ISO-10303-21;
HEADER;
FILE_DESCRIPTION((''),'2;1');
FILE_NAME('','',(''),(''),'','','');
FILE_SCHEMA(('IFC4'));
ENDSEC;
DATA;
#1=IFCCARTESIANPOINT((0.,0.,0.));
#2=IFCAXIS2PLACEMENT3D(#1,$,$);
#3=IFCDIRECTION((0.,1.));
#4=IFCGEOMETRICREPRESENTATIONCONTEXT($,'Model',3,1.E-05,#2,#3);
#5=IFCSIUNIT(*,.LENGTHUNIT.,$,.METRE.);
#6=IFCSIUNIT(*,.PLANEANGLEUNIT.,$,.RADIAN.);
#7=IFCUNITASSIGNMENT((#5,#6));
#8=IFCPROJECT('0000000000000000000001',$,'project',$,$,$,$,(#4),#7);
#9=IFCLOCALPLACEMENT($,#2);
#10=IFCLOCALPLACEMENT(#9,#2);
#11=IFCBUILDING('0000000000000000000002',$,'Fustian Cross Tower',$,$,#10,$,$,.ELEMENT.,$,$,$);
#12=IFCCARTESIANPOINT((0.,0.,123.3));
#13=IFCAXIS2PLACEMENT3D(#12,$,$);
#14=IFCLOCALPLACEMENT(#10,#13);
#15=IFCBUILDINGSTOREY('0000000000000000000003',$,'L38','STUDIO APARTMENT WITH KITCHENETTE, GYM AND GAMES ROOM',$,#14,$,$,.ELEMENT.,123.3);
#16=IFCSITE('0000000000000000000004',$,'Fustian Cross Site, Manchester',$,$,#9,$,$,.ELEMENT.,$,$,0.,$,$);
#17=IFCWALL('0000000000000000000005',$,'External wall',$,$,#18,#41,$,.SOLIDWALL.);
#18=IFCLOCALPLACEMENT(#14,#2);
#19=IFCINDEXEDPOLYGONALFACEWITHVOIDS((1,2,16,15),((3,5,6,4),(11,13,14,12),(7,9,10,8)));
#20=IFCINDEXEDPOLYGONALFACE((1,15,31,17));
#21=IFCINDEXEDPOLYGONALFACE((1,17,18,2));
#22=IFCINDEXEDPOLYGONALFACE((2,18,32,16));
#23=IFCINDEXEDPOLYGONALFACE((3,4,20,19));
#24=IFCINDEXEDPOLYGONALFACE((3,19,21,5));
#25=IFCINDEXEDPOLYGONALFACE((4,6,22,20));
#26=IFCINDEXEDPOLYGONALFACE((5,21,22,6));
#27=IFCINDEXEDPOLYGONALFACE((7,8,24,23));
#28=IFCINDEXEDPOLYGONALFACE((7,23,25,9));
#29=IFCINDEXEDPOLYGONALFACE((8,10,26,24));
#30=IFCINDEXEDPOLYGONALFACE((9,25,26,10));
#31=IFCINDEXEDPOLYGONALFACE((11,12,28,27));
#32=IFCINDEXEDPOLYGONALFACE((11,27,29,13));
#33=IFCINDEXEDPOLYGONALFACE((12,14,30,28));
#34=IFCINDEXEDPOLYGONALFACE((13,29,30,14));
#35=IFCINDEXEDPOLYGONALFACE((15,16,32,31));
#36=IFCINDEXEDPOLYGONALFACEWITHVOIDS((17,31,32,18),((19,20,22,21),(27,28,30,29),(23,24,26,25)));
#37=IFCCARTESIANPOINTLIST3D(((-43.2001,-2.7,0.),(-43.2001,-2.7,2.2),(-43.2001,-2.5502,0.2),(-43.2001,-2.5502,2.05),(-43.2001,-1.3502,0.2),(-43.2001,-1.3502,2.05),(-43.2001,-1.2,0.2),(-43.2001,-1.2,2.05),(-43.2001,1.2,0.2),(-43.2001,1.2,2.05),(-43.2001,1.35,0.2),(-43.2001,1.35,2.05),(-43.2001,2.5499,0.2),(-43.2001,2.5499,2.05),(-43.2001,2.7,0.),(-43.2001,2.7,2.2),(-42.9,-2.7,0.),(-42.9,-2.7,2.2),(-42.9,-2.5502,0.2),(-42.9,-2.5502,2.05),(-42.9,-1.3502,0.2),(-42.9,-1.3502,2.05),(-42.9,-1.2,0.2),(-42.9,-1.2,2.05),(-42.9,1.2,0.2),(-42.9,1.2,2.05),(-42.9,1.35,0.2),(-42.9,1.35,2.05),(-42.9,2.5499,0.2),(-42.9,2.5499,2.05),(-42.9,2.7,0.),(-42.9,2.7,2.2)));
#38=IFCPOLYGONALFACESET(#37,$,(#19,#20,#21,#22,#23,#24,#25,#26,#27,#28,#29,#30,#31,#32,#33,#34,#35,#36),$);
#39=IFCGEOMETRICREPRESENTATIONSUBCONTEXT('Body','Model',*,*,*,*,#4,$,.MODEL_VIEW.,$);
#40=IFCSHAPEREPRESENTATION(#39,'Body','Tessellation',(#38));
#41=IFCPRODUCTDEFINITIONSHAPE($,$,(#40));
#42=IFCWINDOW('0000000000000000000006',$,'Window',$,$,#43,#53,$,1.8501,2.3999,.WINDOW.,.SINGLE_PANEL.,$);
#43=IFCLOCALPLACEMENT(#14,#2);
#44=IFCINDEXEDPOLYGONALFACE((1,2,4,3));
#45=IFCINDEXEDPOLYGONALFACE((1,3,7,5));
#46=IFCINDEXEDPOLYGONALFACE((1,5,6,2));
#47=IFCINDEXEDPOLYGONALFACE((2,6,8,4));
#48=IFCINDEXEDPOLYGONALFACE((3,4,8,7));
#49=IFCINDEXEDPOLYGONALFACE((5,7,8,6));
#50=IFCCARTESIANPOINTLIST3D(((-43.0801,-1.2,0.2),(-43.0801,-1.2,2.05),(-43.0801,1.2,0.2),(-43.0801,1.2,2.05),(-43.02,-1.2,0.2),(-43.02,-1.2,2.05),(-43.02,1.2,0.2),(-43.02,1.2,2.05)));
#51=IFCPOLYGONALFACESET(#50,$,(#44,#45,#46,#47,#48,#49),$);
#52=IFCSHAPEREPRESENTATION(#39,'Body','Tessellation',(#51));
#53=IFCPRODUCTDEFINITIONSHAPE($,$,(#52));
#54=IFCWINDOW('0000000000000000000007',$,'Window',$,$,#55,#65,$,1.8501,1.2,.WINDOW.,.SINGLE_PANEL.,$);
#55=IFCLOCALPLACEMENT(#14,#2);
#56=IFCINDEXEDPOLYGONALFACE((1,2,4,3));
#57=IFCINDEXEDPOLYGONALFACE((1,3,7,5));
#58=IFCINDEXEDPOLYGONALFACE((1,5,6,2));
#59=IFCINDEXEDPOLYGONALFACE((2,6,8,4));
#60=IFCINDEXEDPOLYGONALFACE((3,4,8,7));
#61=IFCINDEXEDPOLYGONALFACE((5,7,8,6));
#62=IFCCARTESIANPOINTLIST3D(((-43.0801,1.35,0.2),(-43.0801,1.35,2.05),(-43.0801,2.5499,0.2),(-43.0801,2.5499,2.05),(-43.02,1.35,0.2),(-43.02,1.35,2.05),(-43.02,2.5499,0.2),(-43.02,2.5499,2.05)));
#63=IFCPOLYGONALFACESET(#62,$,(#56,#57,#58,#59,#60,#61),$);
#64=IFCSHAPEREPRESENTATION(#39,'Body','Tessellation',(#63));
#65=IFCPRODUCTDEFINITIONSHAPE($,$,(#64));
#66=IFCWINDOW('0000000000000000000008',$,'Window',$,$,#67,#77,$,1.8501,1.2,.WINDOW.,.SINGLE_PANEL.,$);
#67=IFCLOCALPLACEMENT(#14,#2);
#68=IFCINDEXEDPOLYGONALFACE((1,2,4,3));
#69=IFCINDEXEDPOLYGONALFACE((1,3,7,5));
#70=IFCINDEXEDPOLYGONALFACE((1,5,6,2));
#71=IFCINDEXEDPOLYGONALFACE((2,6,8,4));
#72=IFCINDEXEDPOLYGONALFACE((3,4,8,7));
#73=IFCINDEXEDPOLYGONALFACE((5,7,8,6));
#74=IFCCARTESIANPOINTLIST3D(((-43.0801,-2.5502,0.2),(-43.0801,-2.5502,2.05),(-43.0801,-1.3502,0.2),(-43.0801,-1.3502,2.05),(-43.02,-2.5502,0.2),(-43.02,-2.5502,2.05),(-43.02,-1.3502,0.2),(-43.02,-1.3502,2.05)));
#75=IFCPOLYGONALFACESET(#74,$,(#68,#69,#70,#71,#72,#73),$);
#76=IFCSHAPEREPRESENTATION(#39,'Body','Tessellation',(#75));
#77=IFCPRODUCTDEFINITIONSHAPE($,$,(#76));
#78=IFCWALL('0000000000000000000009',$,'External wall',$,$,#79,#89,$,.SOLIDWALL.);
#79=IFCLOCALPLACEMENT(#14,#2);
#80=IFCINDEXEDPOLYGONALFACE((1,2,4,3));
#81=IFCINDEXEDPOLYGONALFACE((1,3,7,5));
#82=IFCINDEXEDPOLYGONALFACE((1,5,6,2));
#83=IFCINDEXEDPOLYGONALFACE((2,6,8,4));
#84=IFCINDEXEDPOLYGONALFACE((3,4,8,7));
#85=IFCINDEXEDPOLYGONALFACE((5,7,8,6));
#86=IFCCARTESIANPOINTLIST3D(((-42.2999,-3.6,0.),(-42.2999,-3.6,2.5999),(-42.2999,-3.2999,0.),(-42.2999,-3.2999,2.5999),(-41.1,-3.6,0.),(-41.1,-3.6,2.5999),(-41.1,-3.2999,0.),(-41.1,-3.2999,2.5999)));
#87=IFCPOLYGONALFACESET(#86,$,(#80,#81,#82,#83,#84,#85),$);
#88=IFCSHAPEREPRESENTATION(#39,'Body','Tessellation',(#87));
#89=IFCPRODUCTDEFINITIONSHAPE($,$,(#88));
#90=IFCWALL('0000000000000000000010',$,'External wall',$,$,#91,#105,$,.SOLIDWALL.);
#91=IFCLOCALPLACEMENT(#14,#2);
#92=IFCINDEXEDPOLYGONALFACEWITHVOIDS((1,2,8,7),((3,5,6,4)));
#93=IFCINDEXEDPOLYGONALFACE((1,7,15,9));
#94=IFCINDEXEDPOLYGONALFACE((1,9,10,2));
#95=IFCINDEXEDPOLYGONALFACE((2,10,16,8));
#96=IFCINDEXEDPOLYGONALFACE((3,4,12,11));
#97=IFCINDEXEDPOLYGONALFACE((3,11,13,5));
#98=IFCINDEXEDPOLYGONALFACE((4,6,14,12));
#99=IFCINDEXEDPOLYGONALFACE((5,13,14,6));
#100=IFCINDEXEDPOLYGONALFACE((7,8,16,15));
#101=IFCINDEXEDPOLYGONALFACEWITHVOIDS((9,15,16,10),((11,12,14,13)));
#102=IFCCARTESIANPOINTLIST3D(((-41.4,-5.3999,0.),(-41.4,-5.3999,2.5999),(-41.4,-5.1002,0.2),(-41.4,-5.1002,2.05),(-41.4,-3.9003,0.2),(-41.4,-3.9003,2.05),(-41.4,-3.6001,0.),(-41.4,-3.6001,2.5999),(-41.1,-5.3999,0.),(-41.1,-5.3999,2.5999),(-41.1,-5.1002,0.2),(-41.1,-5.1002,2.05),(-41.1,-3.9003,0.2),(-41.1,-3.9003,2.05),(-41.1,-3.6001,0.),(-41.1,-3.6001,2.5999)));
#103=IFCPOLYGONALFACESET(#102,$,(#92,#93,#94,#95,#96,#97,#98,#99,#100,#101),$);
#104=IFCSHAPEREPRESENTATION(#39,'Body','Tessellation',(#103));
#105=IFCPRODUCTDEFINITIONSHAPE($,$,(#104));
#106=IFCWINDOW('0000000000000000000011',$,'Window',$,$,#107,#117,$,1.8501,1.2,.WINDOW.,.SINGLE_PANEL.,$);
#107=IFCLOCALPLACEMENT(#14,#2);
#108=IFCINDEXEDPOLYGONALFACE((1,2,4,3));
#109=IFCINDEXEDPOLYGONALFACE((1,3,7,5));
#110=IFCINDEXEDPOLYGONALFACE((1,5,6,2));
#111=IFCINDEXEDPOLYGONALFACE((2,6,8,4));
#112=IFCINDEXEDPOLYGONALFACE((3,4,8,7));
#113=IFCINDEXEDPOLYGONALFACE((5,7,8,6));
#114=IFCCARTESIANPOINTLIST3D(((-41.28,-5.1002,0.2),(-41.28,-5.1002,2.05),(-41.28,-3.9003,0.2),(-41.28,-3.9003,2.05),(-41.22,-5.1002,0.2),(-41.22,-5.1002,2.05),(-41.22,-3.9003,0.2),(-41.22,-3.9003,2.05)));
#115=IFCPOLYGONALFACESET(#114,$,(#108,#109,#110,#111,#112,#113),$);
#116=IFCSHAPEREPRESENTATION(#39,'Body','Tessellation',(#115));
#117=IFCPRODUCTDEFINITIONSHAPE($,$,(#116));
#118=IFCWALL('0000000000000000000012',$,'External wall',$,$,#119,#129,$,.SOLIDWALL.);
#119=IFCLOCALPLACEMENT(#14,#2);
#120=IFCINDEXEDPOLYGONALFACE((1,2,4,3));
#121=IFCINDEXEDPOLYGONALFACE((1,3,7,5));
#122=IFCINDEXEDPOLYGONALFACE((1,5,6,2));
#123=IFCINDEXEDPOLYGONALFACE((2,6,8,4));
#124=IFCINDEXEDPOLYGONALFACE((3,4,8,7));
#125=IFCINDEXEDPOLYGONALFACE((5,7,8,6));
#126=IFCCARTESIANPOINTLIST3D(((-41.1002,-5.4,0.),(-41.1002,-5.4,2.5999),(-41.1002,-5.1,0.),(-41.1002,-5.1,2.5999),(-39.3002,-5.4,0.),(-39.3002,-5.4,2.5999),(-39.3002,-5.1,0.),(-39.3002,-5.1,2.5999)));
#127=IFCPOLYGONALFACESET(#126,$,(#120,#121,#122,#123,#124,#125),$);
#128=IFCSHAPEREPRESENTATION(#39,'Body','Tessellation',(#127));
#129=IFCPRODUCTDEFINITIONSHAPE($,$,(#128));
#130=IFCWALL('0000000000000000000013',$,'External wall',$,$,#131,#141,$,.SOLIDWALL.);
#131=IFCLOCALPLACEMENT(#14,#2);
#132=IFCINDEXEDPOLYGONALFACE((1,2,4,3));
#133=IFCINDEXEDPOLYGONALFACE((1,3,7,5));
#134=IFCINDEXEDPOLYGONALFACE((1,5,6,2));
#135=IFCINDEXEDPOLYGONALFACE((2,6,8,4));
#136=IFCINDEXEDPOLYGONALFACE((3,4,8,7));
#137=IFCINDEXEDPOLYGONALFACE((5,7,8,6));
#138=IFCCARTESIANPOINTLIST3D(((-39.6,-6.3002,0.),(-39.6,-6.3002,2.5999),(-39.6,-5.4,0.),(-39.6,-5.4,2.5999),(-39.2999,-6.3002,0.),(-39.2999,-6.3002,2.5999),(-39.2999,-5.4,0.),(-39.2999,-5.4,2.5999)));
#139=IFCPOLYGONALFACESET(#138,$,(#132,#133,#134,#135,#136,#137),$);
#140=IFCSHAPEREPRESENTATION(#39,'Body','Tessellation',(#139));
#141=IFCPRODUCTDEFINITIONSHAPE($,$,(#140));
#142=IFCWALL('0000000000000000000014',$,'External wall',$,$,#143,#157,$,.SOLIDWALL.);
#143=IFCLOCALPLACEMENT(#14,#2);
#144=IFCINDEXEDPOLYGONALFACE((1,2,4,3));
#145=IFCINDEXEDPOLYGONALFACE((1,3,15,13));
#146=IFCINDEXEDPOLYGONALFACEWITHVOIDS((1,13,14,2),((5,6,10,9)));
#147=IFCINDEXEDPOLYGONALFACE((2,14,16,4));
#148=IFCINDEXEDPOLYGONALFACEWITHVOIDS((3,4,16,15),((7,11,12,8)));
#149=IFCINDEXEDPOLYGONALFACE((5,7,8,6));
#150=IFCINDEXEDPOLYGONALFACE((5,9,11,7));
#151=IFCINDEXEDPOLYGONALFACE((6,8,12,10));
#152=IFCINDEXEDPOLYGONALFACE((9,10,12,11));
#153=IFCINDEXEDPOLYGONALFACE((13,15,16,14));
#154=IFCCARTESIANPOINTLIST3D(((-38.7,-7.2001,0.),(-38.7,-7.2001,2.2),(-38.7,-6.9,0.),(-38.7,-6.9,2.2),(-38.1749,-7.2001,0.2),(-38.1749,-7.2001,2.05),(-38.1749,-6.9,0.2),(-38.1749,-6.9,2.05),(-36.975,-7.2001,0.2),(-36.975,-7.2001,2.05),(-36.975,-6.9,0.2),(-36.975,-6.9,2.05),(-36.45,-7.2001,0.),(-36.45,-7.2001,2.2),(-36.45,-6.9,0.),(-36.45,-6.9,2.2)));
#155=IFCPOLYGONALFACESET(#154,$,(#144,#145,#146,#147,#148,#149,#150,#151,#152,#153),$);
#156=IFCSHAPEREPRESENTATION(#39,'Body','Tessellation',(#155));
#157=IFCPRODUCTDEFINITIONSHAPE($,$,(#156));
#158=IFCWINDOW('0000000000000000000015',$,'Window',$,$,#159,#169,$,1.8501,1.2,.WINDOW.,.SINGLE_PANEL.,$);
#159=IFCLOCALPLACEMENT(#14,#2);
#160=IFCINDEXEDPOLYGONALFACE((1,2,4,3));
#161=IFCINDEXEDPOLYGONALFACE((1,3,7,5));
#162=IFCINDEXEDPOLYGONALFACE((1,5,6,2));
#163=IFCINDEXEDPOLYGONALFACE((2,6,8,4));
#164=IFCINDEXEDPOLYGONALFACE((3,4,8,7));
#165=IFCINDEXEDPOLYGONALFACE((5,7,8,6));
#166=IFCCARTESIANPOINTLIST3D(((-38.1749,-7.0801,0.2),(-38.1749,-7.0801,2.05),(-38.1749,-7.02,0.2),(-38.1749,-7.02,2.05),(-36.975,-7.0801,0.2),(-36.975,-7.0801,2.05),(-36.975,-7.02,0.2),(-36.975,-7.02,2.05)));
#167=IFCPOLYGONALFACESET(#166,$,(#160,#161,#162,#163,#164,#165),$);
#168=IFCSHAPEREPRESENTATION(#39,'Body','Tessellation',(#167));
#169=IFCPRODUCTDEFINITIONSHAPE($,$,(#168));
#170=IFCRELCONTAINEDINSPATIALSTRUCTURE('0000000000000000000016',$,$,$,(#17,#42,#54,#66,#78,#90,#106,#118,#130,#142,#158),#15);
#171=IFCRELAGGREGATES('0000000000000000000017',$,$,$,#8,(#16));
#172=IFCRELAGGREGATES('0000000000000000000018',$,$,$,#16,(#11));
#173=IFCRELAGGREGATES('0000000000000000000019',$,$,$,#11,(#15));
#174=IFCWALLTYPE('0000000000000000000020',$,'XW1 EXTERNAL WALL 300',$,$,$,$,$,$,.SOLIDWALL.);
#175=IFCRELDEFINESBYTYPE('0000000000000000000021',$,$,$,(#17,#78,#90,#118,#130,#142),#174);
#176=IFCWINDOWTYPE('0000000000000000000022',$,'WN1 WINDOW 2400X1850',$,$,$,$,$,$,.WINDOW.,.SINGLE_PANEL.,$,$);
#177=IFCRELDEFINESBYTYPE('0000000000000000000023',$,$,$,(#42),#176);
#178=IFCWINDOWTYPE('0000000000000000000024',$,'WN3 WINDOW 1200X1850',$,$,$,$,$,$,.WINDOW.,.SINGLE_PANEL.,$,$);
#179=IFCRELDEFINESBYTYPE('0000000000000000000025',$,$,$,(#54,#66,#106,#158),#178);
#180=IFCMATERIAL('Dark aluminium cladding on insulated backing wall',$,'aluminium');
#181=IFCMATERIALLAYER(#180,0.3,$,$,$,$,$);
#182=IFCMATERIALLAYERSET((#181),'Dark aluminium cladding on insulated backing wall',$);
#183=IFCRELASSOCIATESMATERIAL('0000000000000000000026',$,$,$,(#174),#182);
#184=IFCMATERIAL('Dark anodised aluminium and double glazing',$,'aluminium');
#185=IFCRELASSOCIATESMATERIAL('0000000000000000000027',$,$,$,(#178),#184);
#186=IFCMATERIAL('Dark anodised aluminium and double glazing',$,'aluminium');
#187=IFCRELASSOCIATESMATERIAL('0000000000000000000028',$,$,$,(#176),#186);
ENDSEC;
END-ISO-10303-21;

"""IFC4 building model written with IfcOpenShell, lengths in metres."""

from ifc_helpers import new_model, si_unit, direction, frame, frame_2d, origin, place, context, subcontext, project, spatial, rectangle, extrude, material, layer, layer_set, type_object, element, fill, save


model = new_model("IFC4")

# Units and contexts
model_context = context("Model", 3, precision=1e-05, world=origin(), true_north=direction((0.0, 1.0)))
body_context = subcontext(model_context, "Body", "Model", "MODEL_VIEW")
ifc_project = project(units=[si_unit("LENGTHUNIT", "METRE"), si_unit("PLANEANGLEUNIT", "RADIAN")], contexts=[model_context])

# Site, building, storey
site_placement = place(None, origin())
site = spatial("IfcSite", under=ifc_project, at=site_placement, Name="Fustian Cross Site, Manchester", CompositionType="ELEMENT", RefElevation=0.0)
building_placement = place(site_placement, origin())
building = spatial("IfcBuilding", under=site, at=building_placement, Name="Fustian Cross Tower", CompositionType="ELEMENT")
storey_placement = place(building_placement, frame((0.0, 0.0, 123.3)))
storey = spatial("IfcBuildingStorey", under=building, at=storey_placement, Name="L38", Description="STUDIO APARTMENT WITH KITCHENETTE, GYM AND GAMES ROOM", CompositionType="ELEMENT", Elevation=123.3)

# Shared definitions
ifc_material_1 = material(Name="Dark aluminium cladding on insulated backing wall", Category="aluminium")
ifc_layer_1 = layer(ifc_material_1, 0.3)
ifc_layer_set_1 = layer_set([ifc_layer_1], Name="Dark aluminium cladding on insulated backing wall")
wall_type_1 = type_object("IfcWallType", Name="XW1 EXTERNAL WALL 300", PredefinedType="SOLIDWALL", material=ifc_layer_set_1)

# Shared definitions
ifc_material_2 = material(Name="Dark anodised aluminium and double glazing", Category="aluminium")
window_type_1 = type_object("IfcWindowType", Name="WN3 WINDOW 1200X1850", PartitioningType="SINGLE_PANEL", PredefinedType="WINDOW", material=ifc_material_2)

# Wall, openings, windows
wall_1_placement = place(storey_placement, frame((-43.05, 2.7, 0.0), z_axis=(0.0, 0.0, 1.0), x_axis=(0.0, -1.0, 0.0)))
wall_1 = element("IfcWall", 1, at=wall_1_placement, inside=storey, type_object=wall_type_1, Name="External wall", PredefinedType="SOLIDWALL", context=body_context, shape_type="SweptSolid", body=[
    extrude(rectangle(XDim=5.3999, YDim=0.3, at=frame_2d((2.7, 0.0))), origin(), (0.0, 0.0, 1.0), 2.2),
])
opening_1_placement = place(wall_1_placement, frame((1.5, 0.0, 0.2)))
opening_1 = element("IfcOpeningElement", 2, at=opening_1_placement, cuts=wall_1, PredefinedType="OPENING", context=body_context, shape_type="SweptSolid", body=[
    extrude(rectangle(XDim=2.3999, YDim=1.8501, at=frame_2d((1.2, 0.925))), frame((0.0, 0.1599, 0.0), z_axis=(0.0, -1.0, 0.0), x_axis=(1.0, 0.0, 0.0)), (0.0, 0.0, 1.0), 0.3201),
])
opening_2_placement = place(wall_1_placement, frame((0.1499, 0.0, 0.2)))
opening_2 = element("IfcOpeningElement", 3, at=opening_2_placement, cuts=wall_1, PredefinedType="OPENING", context=body_context, shape_type="SweptSolid", body=[
    extrude(rectangle(XDim=1.2, YDim=1.8501, at=frame_2d((0.6001, 0.925))), frame((0.0, 0.1599, 0.0), z_axis=(0.0, -1.0, 0.0), x_axis=(1.0, 0.0, 0.0)), (0.0, 0.0, 1.0), 0.3201),
])
opening_3_placement = place(wall_1_placement, frame((4.05, 0.0, 0.2)))
opening_3 = element("IfcOpeningElement", 4, at=opening_3_placement, cuts=wall_1, PredefinedType="OPENING", context=body_context, shape_type="SweptSolid", body=[
    extrude(rectangle(XDim=1.2, YDim=1.8501, at=frame_2d((0.6001, 0.925))), frame((0.0, 0.1599, 0.0), z_axis=(0.0, -1.0, 0.0), x_axis=(1.0, 0.0, 0.0)), (0.0, 0.0, 1.0), 0.3201),
])
ifc_material_3 = material(Name="Dark anodised aluminium and double glazing", Category="aluminium")
window_type_2 = type_object("IfcWindowType", Name="WN1 WINDOW 2400X1850", PartitioningType="SINGLE_PANEL", PredefinedType="WINDOW", material=ifc_material_3)
window_1_placement = place(opening_1_placement, origin())
window_1 = element("IfcWindow", 5, at=window_1_placement, inside=storey, type_object=window_type_2, Name="Window", OverallHeight=1.8501, OverallWidth=2.3999, PartitioningType="SINGLE_PANEL", PredefinedType="WINDOW", context=body_context, shape_type="SweptSolid", body=[
    extrude(rectangle(XDim=2.3999, YDim=1.8501, at=frame_2d((1.2, 0.925))), frame((0.0, 0.03, 0.0), z_axis=(0.0, -1.0, 0.0), x_axis=(1.0, 0.0, 0.0)), (0.0, 0.0, 1.0), 0.0601),
])
fill(opening_1, window_1)
window_2_placement = place(opening_2_placement, origin())
window_2 = element("IfcWindow", 6, at=window_2_placement, inside=storey, type_object=window_type_1, Name="Window", OverallHeight=1.8501, OverallWidth=1.2, PartitioningType="SINGLE_PANEL", PredefinedType="WINDOW", context=body_context, shape_type="SweptSolid", body=[
    extrude(rectangle(XDim=1.2, YDim=1.8501, at=frame_2d((0.6001, 0.925))), frame((0.0, 0.03, 0.0), z_axis=(0.0, -1.0, 0.0), x_axis=(1.0, 0.0, 0.0)), (0.0, 0.0, 1.0), 0.0601),
])
fill(opening_2, window_2)
window_3_placement = place(opening_3_placement, origin())
window_3 = element("IfcWindow", 7, at=window_3_placement, inside=storey, type_object=window_type_1, Name="Window", OverallHeight=1.8501, OverallWidth=1.2, PartitioningType="SINGLE_PANEL", PredefinedType="WINDOW", context=body_context, shape_type="SweptSolid", body=[
    extrude(rectangle(XDim=1.2, YDim=1.8501, at=frame_2d((0.6001, 0.925))), frame((0.0, 0.03, 0.0), z_axis=(0.0, -1.0, 0.0), x_axis=(1.0, 0.0, 0.0)), (0.0, 0.0, 1.0), 0.0601),
])
fill(opening_3, window_3)

# Wall
wall_2_placement = place(storey_placement, frame((-42.3, -3.45, 0.0), z_axis=(0.0, 0.0, 1.0), x_axis=(1.0, 0.0, 0.0)))
element("IfcWall", 8, at=wall_2_placement, inside=storey, type_object=wall_type_1, Name="External wall", PredefinedType="SOLIDWALL", context=body_context, shape_type="SweptSolid", body=[
    extrude(rectangle(XDim=1.2, YDim=0.3, at=frame_2d((0.6001, 0.0))), origin(), (0.0, 0.0, 1.0), 2.5999),
])

# Wall, opening, window
wall_3_placement = place(storey_placement, frame((-41.25, -3.6001, 0.0), z_axis=(0.0, 0.0, 1.0), x_axis=(0.0, -1.0, 0.0)))
wall_3 = element("IfcWall", 9, at=wall_3_placement, inside=storey, type_object=wall_type_1, Name="External wall", PredefinedType="SOLIDWALL", context=body_context, shape_type="SweptSolid", body=[
    extrude(rectangle(XDim=1.7998, YDim=0.3, at=frame_2d((0.8999, 0.0))), origin(), (0.0, 0.0, 1.0), 2.5999),
])
opening_4_placement = place(wall_3_placement, frame((0.3, 0.0, 0.2)))
opening_4 = element("IfcOpeningElement", 10, at=opening_4_placement, cuts=wall_3, PredefinedType="OPENING", context=body_context, shape_type="SweptSolid", body=[
    extrude(rectangle(XDim=1.2, YDim=1.8501, at=frame_2d((0.6001, 0.925))), frame((0.0, 0.1599, 0.0), z_axis=(0.0, -1.0, 0.0), x_axis=(1.0, 0.0, 0.0)), (0.0, 0.0, 1.0), 0.3201),
])
window_4_placement = place(opening_4_placement, origin())
window_4 = element("IfcWindow", 11, at=window_4_placement, inside=storey, type_object=window_type_1, Name="Window", OverallHeight=1.8501, OverallWidth=1.2, PartitioningType="SINGLE_PANEL", PredefinedType="WINDOW", context=body_context, shape_type="SweptSolid", body=[
    extrude(rectangle(XDim=1.2, YDim=1.8501, at=frame_2d((0.6001, 0.925))), frame((0.0, 0.03, 0.0), z_axis=(0.0, -1.0, 0.0), x_axis=(1.0, 0.0, 0.0)), (0.0, 0.0, 1.0), 0.0601),
])
fill(opening_4, window_4)

# Walls
wall_4_placement = place(storey_placement, frame((-41.1001, -5.25, 0.0), z_axis=(0.0, 0.0, 1.0), x_axis=(1.0, 0.0, 0.0)))
element("IfcWall", 12, at=wall_4_placement, inside=storey, type_object=wall_type_1, Name="External wall", PredefinedType="SOLIDWALL", context=body_context, shape_type="SweptSolid", body=[
    extrude(rectangle(XDim=1.8, YDim=0.3, at=frame_2d((0.8999, 0.0))), origin(), (0.0, 0.0, 1.0), 2.5999),
])
wall_5_placement = place(storey_placement, frame((-39.45, -5.3999, 0.0), z_axis=(0.0, 0.0, 1.0), x_axis=(0.0, -1.0, 0.0)))
element("IfcWall", 13, at=wall_5_placement, inside=storey, type_object=wall_type_1, Name="External wall", PredefinedType="SOLIDWALL", context=body_context, shape_type="SweptSolid", body=[
    extrude(rectangle(XDim=0.9001, YDim=0.3, at=frame_2d((0.4502, 0.0))), origin(), (0.0, 0.0, 1.0), 2.5999),
])

# Wall, opening, window
wall_6_placement = place(storey_placement, frame((-38.7, -7.05, 0.0), z_axis=(0.0, 0.0, 1.0), x_axis=(1.0, 0.0, 0.0)))
wall_6 = element("IfcWall", 14, at=wall_6_placement, inside=storey, type_object=wall_type_1, Name="External wall", PredefinedType="SOLIDWALL", context=body_context, shape_type="SweptSolid", body=[
    extrude(rectangle(XDim=2.25, YDim=0.3, at=frame_2d((1.125, 0.0))), origin(), (0.0, 0.0, 1.0), 2.2),
])
opening_5_placement = place(wall_6_placement, frame((0.5249, 0.0, 0.2)))
opening_5 = element("IfcOpeningElement", 15, at=opening_5_placement, cuts=wall_6, PredefinedType="OPENING", context=body_context, shape_type="SweptSolid", body=[
    extrude(rectangle(XDim=1.2, YDim=1.8501, at=frame_2d((0.6001, 0.925))), frame((0.0, 0.1599, 0.0), z_axis=(0.0, -1.0, 0.0), x_axis=(1.0, 0.0, 0.0)), (0.0, 0.0, 1.0), 0.3201),
])
window_5_placement = place(opening_5_placement, origin())
window_5 = element("IfcWindow", 16, at=window_5_placement, inside=storey, type_object=window_type_1, Name="Window", OverallHeight=1.8501, OverallWidth=1.2, PartitioningType="SINGLE_PANEL", PredefinedType="WINDOW", context=body_context, shape_type="SweptSolid", body=[
    extrude(rectangle(XDim=1.2, YDim=1.8501, at=frame_2d((0.6001, 0.925))), frame((0.0, 0.03, 0.0), z_axis=(0.0, -1.0, 0.0), x_axis=(1.0, 0.0, 0.0)), (0.0, 0.0, 1.0), 0.0601),
])
fill(opening_5, window_5)

save(model, "model.ifc")
